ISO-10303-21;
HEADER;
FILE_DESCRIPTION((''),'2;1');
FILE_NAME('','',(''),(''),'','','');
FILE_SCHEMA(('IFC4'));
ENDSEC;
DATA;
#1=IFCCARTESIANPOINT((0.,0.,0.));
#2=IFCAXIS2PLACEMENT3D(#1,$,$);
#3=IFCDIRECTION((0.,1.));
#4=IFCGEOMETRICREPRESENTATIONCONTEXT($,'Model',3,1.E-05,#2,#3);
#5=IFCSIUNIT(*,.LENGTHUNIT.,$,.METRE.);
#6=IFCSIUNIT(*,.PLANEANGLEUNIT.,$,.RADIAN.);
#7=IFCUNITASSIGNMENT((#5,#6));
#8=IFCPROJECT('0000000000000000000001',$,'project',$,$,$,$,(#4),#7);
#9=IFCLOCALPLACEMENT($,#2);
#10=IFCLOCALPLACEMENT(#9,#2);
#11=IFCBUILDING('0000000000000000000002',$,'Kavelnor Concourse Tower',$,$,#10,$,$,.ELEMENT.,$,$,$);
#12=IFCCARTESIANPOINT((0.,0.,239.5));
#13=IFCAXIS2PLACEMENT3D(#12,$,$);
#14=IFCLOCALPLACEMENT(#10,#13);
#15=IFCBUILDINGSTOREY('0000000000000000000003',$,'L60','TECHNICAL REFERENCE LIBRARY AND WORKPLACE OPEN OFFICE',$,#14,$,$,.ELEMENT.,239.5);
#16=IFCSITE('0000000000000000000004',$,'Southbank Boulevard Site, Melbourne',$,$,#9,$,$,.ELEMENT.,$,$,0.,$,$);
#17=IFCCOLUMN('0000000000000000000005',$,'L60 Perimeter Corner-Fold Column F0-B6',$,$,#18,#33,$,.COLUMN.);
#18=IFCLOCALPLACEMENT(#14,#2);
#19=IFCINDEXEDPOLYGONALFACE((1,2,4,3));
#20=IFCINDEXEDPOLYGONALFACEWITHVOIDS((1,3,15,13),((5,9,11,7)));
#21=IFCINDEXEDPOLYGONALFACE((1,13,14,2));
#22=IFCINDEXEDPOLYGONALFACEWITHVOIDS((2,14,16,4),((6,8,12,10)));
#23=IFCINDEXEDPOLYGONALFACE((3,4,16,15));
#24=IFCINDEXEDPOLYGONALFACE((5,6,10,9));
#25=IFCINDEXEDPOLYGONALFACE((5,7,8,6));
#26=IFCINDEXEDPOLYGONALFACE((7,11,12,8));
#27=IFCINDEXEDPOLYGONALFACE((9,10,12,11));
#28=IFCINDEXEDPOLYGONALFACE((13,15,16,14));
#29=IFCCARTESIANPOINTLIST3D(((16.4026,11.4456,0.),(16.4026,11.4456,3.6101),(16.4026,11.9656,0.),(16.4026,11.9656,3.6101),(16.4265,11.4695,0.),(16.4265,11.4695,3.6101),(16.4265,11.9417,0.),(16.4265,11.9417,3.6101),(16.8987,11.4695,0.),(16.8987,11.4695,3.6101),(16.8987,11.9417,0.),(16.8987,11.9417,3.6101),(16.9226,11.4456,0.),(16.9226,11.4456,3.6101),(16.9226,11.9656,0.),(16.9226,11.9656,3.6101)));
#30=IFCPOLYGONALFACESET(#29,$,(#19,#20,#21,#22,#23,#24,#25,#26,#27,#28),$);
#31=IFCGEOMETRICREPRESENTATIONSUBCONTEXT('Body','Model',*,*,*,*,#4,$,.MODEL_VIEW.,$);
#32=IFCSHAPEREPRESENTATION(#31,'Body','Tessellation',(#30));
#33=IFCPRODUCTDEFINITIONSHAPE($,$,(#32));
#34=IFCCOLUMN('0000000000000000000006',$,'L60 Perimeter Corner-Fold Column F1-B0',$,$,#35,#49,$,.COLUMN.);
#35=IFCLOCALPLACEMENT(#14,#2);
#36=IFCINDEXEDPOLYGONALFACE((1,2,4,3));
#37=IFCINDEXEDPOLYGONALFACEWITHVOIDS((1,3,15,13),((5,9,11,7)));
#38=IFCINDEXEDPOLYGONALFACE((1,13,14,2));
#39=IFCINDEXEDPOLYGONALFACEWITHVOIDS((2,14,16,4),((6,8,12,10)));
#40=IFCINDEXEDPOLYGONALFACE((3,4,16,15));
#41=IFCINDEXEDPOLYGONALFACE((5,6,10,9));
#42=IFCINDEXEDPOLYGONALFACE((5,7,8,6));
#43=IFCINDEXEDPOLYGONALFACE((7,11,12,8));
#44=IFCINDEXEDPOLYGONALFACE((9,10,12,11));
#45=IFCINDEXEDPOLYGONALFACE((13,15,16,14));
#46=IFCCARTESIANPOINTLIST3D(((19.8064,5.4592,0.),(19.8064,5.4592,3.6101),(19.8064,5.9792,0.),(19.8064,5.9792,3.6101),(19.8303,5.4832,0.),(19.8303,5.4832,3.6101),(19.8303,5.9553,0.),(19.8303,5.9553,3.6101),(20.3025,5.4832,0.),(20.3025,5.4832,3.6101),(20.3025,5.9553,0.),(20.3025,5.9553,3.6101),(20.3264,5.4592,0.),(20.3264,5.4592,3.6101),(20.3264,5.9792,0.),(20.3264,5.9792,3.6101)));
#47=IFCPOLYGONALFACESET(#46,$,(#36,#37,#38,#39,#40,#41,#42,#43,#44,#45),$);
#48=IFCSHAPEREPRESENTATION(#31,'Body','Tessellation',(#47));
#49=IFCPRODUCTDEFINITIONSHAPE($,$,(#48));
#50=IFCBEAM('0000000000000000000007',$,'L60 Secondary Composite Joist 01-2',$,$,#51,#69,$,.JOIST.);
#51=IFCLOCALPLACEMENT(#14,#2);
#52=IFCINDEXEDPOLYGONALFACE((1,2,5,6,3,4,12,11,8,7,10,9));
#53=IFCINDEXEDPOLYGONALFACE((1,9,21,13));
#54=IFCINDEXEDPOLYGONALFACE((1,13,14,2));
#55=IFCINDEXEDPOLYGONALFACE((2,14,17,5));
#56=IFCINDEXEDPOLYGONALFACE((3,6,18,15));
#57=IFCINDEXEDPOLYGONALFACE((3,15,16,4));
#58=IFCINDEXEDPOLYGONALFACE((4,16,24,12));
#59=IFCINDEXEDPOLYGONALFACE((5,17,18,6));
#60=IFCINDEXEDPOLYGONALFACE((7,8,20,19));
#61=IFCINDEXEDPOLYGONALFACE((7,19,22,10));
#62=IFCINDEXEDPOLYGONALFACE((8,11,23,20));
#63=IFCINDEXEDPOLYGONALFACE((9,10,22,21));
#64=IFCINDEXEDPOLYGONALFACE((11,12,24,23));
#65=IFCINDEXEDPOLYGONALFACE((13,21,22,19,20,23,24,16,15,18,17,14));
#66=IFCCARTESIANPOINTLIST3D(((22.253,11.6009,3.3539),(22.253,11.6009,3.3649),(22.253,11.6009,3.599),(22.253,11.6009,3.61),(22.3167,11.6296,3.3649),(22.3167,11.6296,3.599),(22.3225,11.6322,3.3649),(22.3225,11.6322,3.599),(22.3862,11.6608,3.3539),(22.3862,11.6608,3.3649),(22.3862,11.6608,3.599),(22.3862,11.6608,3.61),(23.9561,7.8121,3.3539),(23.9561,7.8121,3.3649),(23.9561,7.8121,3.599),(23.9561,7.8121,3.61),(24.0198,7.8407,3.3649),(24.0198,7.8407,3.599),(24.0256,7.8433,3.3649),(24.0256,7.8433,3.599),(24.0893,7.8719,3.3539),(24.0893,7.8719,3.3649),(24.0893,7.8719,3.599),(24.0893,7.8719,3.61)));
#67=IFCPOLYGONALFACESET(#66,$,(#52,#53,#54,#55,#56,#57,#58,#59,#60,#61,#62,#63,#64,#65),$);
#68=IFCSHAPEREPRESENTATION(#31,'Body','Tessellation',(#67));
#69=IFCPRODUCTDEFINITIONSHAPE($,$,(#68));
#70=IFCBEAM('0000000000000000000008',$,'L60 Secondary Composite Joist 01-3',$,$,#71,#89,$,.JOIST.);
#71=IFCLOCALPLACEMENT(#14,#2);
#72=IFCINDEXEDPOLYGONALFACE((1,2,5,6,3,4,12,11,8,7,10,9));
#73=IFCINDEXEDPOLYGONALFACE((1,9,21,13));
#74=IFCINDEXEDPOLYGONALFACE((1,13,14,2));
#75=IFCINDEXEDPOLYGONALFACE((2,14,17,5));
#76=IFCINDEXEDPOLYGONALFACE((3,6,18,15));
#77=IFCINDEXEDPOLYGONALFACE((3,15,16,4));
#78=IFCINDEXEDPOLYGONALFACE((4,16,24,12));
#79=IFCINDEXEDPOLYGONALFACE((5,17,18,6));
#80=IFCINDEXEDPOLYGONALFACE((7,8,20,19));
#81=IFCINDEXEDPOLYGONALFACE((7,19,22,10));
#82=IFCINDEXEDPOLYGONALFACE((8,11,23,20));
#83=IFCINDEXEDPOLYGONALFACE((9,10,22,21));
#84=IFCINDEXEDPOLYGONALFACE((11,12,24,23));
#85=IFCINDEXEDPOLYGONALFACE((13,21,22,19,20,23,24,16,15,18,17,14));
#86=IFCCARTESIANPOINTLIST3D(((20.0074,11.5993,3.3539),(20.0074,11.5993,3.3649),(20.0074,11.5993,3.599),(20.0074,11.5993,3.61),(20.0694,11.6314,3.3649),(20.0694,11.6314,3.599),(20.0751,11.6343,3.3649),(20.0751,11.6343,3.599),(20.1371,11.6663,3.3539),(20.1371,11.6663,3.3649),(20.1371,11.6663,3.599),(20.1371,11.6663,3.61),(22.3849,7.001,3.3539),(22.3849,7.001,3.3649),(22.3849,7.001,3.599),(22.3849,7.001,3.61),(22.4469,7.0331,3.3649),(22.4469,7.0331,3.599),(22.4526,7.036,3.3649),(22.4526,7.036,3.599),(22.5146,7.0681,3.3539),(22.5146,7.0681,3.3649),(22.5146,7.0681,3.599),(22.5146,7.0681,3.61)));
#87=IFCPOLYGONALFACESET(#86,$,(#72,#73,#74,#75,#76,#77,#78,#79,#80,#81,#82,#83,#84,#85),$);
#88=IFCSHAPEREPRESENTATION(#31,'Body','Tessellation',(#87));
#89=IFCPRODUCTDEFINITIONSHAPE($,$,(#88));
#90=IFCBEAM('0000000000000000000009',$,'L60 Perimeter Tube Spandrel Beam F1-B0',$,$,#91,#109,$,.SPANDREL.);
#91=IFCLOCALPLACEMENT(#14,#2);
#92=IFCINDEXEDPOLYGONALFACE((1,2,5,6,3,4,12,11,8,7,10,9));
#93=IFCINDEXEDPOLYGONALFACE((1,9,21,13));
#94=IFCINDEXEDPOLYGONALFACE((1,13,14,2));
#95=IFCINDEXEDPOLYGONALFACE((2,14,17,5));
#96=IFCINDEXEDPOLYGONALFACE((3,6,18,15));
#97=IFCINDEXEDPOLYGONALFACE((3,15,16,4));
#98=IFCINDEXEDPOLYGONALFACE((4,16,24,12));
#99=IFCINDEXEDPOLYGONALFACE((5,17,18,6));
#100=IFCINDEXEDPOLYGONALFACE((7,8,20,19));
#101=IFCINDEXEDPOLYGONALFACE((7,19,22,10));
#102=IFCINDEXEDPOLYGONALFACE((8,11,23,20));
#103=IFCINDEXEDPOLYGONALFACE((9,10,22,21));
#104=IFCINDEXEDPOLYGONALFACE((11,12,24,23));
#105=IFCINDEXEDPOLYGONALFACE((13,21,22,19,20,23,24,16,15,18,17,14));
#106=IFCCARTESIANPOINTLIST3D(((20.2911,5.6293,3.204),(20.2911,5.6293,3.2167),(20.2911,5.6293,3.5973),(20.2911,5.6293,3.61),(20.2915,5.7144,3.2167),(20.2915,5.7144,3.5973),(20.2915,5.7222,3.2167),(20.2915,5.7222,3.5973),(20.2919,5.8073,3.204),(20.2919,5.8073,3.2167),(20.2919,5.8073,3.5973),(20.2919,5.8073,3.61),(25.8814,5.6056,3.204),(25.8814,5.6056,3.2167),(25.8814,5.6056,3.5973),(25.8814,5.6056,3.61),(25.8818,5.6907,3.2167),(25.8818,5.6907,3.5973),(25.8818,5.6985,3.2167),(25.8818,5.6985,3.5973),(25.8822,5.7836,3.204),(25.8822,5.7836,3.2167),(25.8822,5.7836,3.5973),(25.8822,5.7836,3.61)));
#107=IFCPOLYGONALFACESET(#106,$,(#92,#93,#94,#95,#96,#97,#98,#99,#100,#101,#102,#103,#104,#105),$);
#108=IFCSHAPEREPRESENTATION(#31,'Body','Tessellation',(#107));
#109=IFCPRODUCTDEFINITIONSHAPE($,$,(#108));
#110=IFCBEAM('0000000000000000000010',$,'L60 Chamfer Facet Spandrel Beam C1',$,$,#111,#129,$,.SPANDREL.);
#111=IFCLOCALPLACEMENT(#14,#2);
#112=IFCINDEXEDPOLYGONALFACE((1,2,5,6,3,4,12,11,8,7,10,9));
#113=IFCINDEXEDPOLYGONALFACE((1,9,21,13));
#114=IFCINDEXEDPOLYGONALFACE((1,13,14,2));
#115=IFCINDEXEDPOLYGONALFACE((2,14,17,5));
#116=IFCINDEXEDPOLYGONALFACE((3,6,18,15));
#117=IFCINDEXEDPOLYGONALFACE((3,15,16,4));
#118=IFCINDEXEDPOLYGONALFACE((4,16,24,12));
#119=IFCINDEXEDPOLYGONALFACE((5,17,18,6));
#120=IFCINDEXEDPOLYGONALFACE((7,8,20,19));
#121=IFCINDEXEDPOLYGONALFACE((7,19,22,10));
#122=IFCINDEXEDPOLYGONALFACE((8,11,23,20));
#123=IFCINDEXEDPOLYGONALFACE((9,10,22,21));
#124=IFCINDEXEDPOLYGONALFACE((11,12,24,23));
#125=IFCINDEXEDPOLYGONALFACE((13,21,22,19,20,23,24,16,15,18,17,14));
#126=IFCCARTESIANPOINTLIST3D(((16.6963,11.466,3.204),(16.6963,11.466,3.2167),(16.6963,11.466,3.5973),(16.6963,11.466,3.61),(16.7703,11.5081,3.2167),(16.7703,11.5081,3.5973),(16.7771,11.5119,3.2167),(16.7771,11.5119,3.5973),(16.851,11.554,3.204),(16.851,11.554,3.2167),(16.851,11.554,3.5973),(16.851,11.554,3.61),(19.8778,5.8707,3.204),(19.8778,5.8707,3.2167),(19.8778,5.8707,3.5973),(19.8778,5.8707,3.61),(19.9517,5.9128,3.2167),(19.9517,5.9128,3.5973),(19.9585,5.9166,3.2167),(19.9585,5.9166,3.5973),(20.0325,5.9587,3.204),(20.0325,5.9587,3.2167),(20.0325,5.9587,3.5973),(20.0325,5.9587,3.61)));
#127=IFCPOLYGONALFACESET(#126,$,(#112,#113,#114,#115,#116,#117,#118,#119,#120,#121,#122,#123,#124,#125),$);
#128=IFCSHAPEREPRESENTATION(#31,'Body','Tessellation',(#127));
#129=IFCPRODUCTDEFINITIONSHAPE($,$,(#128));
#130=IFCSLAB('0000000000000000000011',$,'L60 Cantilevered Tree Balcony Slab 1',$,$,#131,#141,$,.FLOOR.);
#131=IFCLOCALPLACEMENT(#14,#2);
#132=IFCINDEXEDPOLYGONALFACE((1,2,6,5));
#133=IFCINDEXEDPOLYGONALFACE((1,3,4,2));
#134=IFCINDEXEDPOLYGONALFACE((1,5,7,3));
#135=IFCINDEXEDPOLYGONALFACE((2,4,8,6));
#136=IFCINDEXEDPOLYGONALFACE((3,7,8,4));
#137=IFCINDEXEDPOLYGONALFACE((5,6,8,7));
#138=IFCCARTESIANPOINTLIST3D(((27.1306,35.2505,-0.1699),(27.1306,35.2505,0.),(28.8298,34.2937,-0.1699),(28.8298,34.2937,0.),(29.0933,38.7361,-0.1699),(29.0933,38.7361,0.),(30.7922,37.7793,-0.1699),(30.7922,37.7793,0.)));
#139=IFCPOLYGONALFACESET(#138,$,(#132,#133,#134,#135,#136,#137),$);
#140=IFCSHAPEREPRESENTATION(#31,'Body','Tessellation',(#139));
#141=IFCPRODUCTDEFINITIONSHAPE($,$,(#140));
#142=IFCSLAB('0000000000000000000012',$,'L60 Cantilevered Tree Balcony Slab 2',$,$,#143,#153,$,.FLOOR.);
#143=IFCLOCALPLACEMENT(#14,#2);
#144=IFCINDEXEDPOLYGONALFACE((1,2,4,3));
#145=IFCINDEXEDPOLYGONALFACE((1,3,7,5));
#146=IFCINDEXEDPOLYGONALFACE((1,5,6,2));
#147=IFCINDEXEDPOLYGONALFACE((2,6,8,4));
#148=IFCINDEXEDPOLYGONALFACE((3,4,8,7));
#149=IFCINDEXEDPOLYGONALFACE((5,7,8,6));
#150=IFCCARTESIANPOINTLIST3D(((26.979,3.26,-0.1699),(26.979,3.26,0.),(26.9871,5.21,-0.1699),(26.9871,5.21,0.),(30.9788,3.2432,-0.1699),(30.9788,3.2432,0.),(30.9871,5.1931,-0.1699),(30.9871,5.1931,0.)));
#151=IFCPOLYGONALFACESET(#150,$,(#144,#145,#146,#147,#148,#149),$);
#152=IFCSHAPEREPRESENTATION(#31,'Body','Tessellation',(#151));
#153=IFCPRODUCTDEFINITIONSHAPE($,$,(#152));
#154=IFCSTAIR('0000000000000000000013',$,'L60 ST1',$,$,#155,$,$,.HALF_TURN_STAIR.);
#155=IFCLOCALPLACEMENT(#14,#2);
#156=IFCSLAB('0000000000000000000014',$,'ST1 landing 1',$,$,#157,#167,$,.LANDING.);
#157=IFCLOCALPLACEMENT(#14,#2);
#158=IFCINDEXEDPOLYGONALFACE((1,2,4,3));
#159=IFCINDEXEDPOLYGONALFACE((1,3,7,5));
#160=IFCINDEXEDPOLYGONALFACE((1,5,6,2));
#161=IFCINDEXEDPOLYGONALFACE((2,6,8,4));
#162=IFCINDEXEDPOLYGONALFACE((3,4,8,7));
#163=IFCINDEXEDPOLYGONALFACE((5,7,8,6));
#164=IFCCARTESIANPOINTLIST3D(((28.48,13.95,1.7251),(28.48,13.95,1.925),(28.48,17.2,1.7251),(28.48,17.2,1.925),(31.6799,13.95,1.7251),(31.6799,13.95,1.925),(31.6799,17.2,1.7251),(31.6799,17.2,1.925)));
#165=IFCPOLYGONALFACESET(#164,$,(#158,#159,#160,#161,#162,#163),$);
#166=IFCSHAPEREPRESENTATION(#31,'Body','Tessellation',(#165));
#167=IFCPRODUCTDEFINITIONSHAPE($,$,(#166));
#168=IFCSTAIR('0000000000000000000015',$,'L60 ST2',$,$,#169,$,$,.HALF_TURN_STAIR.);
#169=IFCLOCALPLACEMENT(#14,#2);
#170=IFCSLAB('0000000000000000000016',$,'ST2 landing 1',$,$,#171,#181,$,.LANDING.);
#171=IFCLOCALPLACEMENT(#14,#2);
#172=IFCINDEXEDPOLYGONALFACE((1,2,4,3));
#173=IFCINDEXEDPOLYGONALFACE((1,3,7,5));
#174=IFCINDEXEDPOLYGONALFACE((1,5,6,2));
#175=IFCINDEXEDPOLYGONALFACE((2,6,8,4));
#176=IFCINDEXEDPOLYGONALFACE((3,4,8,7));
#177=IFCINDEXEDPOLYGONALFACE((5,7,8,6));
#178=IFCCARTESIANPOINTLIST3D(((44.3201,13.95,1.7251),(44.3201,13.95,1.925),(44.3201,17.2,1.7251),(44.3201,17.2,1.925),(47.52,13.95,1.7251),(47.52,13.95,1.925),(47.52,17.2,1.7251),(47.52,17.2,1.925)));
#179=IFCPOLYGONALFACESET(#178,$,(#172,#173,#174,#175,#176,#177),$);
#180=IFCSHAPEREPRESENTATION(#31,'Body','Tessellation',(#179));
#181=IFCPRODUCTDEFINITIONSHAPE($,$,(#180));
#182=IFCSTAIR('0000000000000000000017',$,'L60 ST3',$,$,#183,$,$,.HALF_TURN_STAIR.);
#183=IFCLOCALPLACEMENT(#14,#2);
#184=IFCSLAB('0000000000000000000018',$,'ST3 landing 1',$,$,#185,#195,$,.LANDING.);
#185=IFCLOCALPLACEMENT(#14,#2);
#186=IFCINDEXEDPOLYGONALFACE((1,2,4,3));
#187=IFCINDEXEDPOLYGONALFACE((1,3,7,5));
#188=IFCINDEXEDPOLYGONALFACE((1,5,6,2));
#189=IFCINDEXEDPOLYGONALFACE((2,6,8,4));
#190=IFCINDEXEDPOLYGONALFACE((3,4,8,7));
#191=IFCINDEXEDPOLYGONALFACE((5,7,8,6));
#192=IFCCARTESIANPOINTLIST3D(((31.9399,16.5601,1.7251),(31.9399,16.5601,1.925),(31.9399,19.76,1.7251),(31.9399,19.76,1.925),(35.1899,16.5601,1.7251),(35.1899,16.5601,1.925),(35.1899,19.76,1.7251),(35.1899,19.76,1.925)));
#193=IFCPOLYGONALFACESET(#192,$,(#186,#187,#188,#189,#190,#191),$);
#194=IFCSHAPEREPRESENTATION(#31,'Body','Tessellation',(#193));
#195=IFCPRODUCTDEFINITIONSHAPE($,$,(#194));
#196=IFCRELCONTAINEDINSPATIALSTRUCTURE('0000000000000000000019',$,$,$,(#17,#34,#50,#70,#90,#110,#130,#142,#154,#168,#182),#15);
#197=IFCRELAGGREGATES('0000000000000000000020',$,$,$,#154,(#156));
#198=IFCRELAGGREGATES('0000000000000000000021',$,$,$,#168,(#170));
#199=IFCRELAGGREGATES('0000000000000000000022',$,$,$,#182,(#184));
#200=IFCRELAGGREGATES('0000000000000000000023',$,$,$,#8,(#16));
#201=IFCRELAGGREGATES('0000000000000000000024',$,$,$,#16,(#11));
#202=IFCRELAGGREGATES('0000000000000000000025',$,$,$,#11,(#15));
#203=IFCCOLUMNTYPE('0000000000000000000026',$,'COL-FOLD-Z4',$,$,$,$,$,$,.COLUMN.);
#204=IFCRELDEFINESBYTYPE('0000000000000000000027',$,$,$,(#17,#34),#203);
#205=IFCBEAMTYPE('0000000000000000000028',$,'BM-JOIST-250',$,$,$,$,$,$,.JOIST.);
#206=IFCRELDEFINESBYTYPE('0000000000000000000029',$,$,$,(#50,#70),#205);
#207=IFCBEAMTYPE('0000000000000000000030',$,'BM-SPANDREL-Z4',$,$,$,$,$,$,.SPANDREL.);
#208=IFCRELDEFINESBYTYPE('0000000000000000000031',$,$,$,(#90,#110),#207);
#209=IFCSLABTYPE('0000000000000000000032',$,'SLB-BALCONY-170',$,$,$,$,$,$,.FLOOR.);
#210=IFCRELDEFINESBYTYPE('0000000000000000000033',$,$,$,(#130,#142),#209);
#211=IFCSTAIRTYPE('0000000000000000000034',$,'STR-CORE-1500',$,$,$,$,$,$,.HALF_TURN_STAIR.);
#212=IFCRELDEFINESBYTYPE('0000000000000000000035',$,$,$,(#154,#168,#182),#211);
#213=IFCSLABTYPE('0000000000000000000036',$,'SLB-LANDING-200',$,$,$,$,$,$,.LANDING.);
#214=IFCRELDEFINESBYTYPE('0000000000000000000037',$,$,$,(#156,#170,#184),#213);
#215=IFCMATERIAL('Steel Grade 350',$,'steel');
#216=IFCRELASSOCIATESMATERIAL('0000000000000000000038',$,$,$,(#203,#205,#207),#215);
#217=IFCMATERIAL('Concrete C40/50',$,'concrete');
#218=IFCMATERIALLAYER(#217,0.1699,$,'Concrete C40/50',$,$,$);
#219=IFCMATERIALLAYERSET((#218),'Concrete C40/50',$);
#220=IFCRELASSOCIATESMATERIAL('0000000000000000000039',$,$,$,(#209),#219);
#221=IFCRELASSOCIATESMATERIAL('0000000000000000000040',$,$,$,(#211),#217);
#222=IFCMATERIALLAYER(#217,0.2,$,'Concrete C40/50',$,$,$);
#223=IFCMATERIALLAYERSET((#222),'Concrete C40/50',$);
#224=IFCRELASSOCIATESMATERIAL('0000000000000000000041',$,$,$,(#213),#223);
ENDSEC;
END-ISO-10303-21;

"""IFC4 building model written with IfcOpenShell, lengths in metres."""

from ifc_helpers import new_model, si_unit, direction, frame, origin, origin_2d, place, context, subcontext, project, spatial, polyline, hollow_rectangle, i_section, outline, extrude, material, layer, layer_set, material_profile, profile_set, type_object, element, aggregate, save


model = new_model("IFC4")

# Units and contexts
model_context = context("Model", 3, precision=1e-05, world=origin(), true_north=direction((0.0, 1.0)))
body_context = subcontext(model_context, "Body", "Model", "MODEL_VIEW")
ifc_project = project(units=[si_unit("LENGTHUNIT", "METRE"), si_unit("PLANEANGLEUNIT", "RADIAN")], contexts=[model_context])

# Site, building, storey
site_placement = place(None, origin())
site = spatial("IfcSite", under=ifc_project, at=site_placement, Name="Southbank Boulevard Site, Melbourne", CompositionType="ELEMENT", RefElevation=0.0)
building_placement = place(site_placement, origin())
building = spatial("IfcBuilding", under=site, at=building_placement, Name="Kavelnor Concourse Tower", CompositionType="ELEMENT")
storey_placement = place(building_placement, frame((0.0, 0.0, 239.5)))
storey = spatial("IfcBuildingStorey", under=building, at=storey_placement, Name="L60", Description="TECHNICAL REFERENCE LIBRARY AND WORKPLACE OPEN OFFICE", CompositionType="ELEMENT", Elevation=239.5)

# Columns
ifc_material_1 = material(Name="Steel Grade 350", Category="steel")
ifc_material_profile_1 = material_profile(ifc_material_1, hollow_rectangle(XDim=0.52, YDim=0.52, WallThickness=0.0239, at=origin_2d()), Name="SHS 520x520x24")
ifc_profile_set_1 = profile_set([ifc_material_profile_1], Name="Steel Grade 350")
column_type = type_object("IfcColumnType", Name="COL-FOLD-Z4", PredefinedType="COLUMN", material=ifc_profile_set_1)
for number, where, z_axis, x_axis, name in (
    (1, (16.6626, 11.7056, 0.0), (0.0, 0.0, 1.0), (1.0, 0.0, 0.0), "L60 Perimeter Corner-Fold Column F0-B6"),
    (2, (20.0664, 5.7192, 0.0), (0.0, 0.0, 1.0), (1.0, 0.0, 0.0), "L60 Perimeter Corner-Fold Column F1-B0"),
):
    element("IfcColumn", number, at=place(storey_placement, frame(where, z_axis=z_axis, x_axis=x_axis)), inside=storey, type_object=column_type, Name=name, PredefinedType="COLUMN", context=body_context, shape_type="SweptSolid", body=[
        extrude(hollow_rectangle(XDim=0.52, YDim=0.52, WallThickness=0.0239, at=origin_2d()), origin(), (0.0, 0.0, 1.0), 3.6101),
    ])

# Beams
ifc_material_profile_2 = material_profile(ifc_material_1, i_section(OverallWidth=0.146, OverallDepth=0.2561, WebThickness=0.0063, FlangeThickness=0.011, at=origin_2d()), Name="250UB37")
ifc_profile_set_2 = profile_set([ifc_material_profile_2], Name="Steel Grade 350")
beam_type_1 = type_object("IfcBeamType", Name="BM-JOIST-250", PredefinedType="JOIST", material=ifc_profile_set_2)
beam_1_placement = place(storey_placement, frame((22.3196, 11.6309, 3.4819), z_axis=(0.409996, -0.912087, 0.0), x_axis=(0.912087, 0.409996, 0.0)))
element("IfcBeam", 3, at=beam_1_placement, inside=storey, type_object=beam_type_1, Name="L60 Secondary Composite Joist 01-2", PredefinedType="JOIST", context=body_context, shape_type="SweptSolid", body=[
    extrude(i_section(OverallWidth=0.146, OverallDepth=0.2561, WebThickness=0.0063, FlangeThickness=0.011, at=origin_2d()), origin(), (0.0, 0.0, 1.0), 4.1541),
])
beam_2_placement = place(storey_placement, frame((20.0723, 11.6328, 3.4819), z_axis=(0.459284, -0.888289, 0.0), x_axis=(0.888289, 0.459284, 0.0)))
element("IfcBeam", 4, at=beam_2_placement, inside=storey, type_object=beam_type_1, Name="L60 Secondary Composite Joist 01-3", PredefinedType="JOIST", context=body_context, shape_type="SweptSolid", body=[
    extrude(i_section(OverallWidth=0.146, OverallDepth=0.2561, WebThickness=0.0063, FlangeThickness=0.011, at=origin_2d()), origin(), (0.0, 0.0, 1.0), 5.1765),
])
ifc_material_profile_3 = material_profile(ifc_material_1, i_section(OverallWidth=0.178, OverallDepth=0.406, WebThickness=0.0078, FlangeThickness=0.0127, at=origin_2d()), Name="410UB59")
ifc_profile_set_3 = profile_set([ifc_material_profile_3], Name="Steel Grade 350")
beam_type_2 = type_object("IfcBeamType", Name="BM-SPANDREL-Z4", PredefinedType="SPANDREL", material=ifc_profile_set_3)
beam_3_placement = place(storey_placement, frame((20.2915, 5.7183, 3.407), z_axis=(0.999991, -0.004236, 0.0), x_axis=(0.004236, 0.999991, 0.0)))
element("IfcBeam", 5, at=beam_3_placement, inside=storey, type_object=beam_type_2, Name="L60 Perimeter Tube Spandrel Beam F1-B0", PredefinedType="SPANDREL", context=body_context, shape_type="SweptSolid", body=[
    extrude(i_section(OverallWidth=0.178, OverallDepth=0.406, WebThickness=0.0078, FlangeThickness=0.0127, at=origin_2d()), origin(), (0.0, 0.0, 1.0), 5.5903),
])
beam_4_placement = place(storey_placement, frame((16.7737, 11.51, 3.407), z_axis=(0.494279, -0.869303, 0.0), x_axis=(0.869303, 0.494279, 0.0)))
element("IfcBeam", 6, at=beam_4_placement, inside=storey, type_object=beam_type_2, Name="L60 Chamfer Facet Spandrel Beam C1", PredefinedType="SPANDREL", context=body_context, shape_type="SweptSolid", body=[
    extrude(i_section(OverallWidth=0.178, OverallDepth=0.406, WebThickness=0.0078, FlangeThickness=0.0127, at=origin_2d()), origin(), (0.0, 0.0, 1.0), 6.4365),
])

# Slabs
ifc_material_2 = material(Name="Concrete C40/50", Category="concrete")
ifc_layer_1 = layer(ifc_material_2, 0.1699, Name="Concrete C40/50")
ifc_layer_set_1 = layer_set([ifc_layer_1], Name="Concrete C40/50")
slab_type_1 = type_object("IfcSlabType", Name="SLB-BALCONY-170", PredefinedType="FLOOR", material=ifc_layer_set_1)
slab_1_placement = place(storey_placement, frame((0.0, 0.0, -0.1699)))
element("IfcSlab", 7, at=slab_1_placement, inside=storey, type_object=slab_type_1, Name="L60 Cantilevered Tree Balcony Slab 1", PredefinedType="FLOOR", context=body_context, shape_type="SweptSolid", body=[
    extrude(outline(polyline([(27.1306, 35.2505), (29.0933, 38.7361), (30.7922, 37.7793), (28.8298, 34.2937), (27.1306, 35.2505)])), origin(), (0.0, 0.0, 1.0), 0.1699),
])
slab_2_placement = place(storey_placement, frame((0.0, 0.0, -0.1699)))
element("IfcSlab", 8, at=slab_2_placement, inside=storey, type_object=slab_type_1, Name="L60 Cantilevered Tree Balcony Slab 2", PredefinedType="FLOOR", context=body_context, shape_type="SweptSolid", body=[
    extrude(outline(polyline([(30.9788, 3.2432), (26.979, 3.26), (26.9871, 5.21), (30.9871, 5.1931), (30.9788, 3.2432)])), origin(), (0.0, 0.0, 1.0), 0.1699),
])

# Stairs, slabs
stair_type = type_object("IfcStairType", Name="STR-CORE-1500", PredefinedType="HALF_TURN_STAIR", material=ifc_material_2)
stair_1_placement = place(storey_placement, origin())
stair_1 = element("IfcStair", 9, at=stair_1_placement, inside=storey, type_object=stair_type, Name="L60 ST1", PredefinedType="HALF_TURN_STAIR")
ifc_layer_2 = layer(ifc_material_2, 0.2, Name="Concrete C40/50")
ifc_layer_set_2 = layer_set([ifc_layer_2], Name="Concrete C40/50")
slab_type_2 = type_object("IfcSlabType", Name="SLB-LANDING-200", PredefinedType="LANDING", material=ifc_layer_set_2)
slab_3_placement = place(storey_placement, frame((0.0, 0.0, 1.7251)))
slab_3 = element("IfcSlab", 10, at=slab_3_placement, type_object=slab_type_2, Name="ST1 landing 1", PredefinedType="LANDING", context=body_context, shape_type="SweptSolid", body=[
    extrude(outline(polyline([(31.6799, 13.95), (31.6799, 17.2), (28.48, 17.2), (28.48, 13.95), (31.6799, 13.95)])), origin(), (0.0, 0.0, 1.0), 0.2),
])
aggregate(stair_1, [slab_3])
stair_2_placement = place(storey_placement, origin())
stair_2 = element("IfcStair", 11, at=stair_2_placement, inside=storey, type_object=stair_type, Name="L60 ST2", PredefinedType="HALF_TURN_STAIR")
slab_4_placement = place(storey_placement, frame((0.0, 0.0, 1.7251)))
slab_4 = element("IfcSlab", 12, at=slab_4_placement, type_object=slab_type_2, Name="ST2 landing 1", PredefinedType="LANDING", context=body_context, shape_type="SweptSolid", body=[
    extrude(outline(polyline([(47.52, 13.95), (47.52, 17.2), (44.3201, 17.2), (44.3201, 13.95), (47.52, 13.95)])), origin(), (0.0, 0.0, 1.0), 0.2),
])
aggregate(stair_2, [slab_4])
stair_3_placement = place(storey_placement, origin())
stair_3 = element("IfcStair", 13, at=stair_3_placement, inside=storey, type_object=stair_type, Name="L60 ST3", PredefinedType="HALF_TURN_STAIR")
slab_5_placement = place(storey_placement, frame((0.0, 0.0, 1.7251)))
slab_5 = element("IfcSlab", 14, at=slab_5_placement, type_object=slab_type_2, Name="ST3 landing 1", PredefinedType="LANDING", context=body_context, shape_type="SweptSolid", body=[
    extrude(outline(polyline([(35.1899, 19.76), (31.9399, 19.76), (31.9399, 16.5601), (35.1899, 16.5601), (35.1899, 19.76)])), origin(), (0.0, 0.0, 1.0), 0.2),
])
aggregate(stair_3, [slab_5])

save(model, "model.ifc")
